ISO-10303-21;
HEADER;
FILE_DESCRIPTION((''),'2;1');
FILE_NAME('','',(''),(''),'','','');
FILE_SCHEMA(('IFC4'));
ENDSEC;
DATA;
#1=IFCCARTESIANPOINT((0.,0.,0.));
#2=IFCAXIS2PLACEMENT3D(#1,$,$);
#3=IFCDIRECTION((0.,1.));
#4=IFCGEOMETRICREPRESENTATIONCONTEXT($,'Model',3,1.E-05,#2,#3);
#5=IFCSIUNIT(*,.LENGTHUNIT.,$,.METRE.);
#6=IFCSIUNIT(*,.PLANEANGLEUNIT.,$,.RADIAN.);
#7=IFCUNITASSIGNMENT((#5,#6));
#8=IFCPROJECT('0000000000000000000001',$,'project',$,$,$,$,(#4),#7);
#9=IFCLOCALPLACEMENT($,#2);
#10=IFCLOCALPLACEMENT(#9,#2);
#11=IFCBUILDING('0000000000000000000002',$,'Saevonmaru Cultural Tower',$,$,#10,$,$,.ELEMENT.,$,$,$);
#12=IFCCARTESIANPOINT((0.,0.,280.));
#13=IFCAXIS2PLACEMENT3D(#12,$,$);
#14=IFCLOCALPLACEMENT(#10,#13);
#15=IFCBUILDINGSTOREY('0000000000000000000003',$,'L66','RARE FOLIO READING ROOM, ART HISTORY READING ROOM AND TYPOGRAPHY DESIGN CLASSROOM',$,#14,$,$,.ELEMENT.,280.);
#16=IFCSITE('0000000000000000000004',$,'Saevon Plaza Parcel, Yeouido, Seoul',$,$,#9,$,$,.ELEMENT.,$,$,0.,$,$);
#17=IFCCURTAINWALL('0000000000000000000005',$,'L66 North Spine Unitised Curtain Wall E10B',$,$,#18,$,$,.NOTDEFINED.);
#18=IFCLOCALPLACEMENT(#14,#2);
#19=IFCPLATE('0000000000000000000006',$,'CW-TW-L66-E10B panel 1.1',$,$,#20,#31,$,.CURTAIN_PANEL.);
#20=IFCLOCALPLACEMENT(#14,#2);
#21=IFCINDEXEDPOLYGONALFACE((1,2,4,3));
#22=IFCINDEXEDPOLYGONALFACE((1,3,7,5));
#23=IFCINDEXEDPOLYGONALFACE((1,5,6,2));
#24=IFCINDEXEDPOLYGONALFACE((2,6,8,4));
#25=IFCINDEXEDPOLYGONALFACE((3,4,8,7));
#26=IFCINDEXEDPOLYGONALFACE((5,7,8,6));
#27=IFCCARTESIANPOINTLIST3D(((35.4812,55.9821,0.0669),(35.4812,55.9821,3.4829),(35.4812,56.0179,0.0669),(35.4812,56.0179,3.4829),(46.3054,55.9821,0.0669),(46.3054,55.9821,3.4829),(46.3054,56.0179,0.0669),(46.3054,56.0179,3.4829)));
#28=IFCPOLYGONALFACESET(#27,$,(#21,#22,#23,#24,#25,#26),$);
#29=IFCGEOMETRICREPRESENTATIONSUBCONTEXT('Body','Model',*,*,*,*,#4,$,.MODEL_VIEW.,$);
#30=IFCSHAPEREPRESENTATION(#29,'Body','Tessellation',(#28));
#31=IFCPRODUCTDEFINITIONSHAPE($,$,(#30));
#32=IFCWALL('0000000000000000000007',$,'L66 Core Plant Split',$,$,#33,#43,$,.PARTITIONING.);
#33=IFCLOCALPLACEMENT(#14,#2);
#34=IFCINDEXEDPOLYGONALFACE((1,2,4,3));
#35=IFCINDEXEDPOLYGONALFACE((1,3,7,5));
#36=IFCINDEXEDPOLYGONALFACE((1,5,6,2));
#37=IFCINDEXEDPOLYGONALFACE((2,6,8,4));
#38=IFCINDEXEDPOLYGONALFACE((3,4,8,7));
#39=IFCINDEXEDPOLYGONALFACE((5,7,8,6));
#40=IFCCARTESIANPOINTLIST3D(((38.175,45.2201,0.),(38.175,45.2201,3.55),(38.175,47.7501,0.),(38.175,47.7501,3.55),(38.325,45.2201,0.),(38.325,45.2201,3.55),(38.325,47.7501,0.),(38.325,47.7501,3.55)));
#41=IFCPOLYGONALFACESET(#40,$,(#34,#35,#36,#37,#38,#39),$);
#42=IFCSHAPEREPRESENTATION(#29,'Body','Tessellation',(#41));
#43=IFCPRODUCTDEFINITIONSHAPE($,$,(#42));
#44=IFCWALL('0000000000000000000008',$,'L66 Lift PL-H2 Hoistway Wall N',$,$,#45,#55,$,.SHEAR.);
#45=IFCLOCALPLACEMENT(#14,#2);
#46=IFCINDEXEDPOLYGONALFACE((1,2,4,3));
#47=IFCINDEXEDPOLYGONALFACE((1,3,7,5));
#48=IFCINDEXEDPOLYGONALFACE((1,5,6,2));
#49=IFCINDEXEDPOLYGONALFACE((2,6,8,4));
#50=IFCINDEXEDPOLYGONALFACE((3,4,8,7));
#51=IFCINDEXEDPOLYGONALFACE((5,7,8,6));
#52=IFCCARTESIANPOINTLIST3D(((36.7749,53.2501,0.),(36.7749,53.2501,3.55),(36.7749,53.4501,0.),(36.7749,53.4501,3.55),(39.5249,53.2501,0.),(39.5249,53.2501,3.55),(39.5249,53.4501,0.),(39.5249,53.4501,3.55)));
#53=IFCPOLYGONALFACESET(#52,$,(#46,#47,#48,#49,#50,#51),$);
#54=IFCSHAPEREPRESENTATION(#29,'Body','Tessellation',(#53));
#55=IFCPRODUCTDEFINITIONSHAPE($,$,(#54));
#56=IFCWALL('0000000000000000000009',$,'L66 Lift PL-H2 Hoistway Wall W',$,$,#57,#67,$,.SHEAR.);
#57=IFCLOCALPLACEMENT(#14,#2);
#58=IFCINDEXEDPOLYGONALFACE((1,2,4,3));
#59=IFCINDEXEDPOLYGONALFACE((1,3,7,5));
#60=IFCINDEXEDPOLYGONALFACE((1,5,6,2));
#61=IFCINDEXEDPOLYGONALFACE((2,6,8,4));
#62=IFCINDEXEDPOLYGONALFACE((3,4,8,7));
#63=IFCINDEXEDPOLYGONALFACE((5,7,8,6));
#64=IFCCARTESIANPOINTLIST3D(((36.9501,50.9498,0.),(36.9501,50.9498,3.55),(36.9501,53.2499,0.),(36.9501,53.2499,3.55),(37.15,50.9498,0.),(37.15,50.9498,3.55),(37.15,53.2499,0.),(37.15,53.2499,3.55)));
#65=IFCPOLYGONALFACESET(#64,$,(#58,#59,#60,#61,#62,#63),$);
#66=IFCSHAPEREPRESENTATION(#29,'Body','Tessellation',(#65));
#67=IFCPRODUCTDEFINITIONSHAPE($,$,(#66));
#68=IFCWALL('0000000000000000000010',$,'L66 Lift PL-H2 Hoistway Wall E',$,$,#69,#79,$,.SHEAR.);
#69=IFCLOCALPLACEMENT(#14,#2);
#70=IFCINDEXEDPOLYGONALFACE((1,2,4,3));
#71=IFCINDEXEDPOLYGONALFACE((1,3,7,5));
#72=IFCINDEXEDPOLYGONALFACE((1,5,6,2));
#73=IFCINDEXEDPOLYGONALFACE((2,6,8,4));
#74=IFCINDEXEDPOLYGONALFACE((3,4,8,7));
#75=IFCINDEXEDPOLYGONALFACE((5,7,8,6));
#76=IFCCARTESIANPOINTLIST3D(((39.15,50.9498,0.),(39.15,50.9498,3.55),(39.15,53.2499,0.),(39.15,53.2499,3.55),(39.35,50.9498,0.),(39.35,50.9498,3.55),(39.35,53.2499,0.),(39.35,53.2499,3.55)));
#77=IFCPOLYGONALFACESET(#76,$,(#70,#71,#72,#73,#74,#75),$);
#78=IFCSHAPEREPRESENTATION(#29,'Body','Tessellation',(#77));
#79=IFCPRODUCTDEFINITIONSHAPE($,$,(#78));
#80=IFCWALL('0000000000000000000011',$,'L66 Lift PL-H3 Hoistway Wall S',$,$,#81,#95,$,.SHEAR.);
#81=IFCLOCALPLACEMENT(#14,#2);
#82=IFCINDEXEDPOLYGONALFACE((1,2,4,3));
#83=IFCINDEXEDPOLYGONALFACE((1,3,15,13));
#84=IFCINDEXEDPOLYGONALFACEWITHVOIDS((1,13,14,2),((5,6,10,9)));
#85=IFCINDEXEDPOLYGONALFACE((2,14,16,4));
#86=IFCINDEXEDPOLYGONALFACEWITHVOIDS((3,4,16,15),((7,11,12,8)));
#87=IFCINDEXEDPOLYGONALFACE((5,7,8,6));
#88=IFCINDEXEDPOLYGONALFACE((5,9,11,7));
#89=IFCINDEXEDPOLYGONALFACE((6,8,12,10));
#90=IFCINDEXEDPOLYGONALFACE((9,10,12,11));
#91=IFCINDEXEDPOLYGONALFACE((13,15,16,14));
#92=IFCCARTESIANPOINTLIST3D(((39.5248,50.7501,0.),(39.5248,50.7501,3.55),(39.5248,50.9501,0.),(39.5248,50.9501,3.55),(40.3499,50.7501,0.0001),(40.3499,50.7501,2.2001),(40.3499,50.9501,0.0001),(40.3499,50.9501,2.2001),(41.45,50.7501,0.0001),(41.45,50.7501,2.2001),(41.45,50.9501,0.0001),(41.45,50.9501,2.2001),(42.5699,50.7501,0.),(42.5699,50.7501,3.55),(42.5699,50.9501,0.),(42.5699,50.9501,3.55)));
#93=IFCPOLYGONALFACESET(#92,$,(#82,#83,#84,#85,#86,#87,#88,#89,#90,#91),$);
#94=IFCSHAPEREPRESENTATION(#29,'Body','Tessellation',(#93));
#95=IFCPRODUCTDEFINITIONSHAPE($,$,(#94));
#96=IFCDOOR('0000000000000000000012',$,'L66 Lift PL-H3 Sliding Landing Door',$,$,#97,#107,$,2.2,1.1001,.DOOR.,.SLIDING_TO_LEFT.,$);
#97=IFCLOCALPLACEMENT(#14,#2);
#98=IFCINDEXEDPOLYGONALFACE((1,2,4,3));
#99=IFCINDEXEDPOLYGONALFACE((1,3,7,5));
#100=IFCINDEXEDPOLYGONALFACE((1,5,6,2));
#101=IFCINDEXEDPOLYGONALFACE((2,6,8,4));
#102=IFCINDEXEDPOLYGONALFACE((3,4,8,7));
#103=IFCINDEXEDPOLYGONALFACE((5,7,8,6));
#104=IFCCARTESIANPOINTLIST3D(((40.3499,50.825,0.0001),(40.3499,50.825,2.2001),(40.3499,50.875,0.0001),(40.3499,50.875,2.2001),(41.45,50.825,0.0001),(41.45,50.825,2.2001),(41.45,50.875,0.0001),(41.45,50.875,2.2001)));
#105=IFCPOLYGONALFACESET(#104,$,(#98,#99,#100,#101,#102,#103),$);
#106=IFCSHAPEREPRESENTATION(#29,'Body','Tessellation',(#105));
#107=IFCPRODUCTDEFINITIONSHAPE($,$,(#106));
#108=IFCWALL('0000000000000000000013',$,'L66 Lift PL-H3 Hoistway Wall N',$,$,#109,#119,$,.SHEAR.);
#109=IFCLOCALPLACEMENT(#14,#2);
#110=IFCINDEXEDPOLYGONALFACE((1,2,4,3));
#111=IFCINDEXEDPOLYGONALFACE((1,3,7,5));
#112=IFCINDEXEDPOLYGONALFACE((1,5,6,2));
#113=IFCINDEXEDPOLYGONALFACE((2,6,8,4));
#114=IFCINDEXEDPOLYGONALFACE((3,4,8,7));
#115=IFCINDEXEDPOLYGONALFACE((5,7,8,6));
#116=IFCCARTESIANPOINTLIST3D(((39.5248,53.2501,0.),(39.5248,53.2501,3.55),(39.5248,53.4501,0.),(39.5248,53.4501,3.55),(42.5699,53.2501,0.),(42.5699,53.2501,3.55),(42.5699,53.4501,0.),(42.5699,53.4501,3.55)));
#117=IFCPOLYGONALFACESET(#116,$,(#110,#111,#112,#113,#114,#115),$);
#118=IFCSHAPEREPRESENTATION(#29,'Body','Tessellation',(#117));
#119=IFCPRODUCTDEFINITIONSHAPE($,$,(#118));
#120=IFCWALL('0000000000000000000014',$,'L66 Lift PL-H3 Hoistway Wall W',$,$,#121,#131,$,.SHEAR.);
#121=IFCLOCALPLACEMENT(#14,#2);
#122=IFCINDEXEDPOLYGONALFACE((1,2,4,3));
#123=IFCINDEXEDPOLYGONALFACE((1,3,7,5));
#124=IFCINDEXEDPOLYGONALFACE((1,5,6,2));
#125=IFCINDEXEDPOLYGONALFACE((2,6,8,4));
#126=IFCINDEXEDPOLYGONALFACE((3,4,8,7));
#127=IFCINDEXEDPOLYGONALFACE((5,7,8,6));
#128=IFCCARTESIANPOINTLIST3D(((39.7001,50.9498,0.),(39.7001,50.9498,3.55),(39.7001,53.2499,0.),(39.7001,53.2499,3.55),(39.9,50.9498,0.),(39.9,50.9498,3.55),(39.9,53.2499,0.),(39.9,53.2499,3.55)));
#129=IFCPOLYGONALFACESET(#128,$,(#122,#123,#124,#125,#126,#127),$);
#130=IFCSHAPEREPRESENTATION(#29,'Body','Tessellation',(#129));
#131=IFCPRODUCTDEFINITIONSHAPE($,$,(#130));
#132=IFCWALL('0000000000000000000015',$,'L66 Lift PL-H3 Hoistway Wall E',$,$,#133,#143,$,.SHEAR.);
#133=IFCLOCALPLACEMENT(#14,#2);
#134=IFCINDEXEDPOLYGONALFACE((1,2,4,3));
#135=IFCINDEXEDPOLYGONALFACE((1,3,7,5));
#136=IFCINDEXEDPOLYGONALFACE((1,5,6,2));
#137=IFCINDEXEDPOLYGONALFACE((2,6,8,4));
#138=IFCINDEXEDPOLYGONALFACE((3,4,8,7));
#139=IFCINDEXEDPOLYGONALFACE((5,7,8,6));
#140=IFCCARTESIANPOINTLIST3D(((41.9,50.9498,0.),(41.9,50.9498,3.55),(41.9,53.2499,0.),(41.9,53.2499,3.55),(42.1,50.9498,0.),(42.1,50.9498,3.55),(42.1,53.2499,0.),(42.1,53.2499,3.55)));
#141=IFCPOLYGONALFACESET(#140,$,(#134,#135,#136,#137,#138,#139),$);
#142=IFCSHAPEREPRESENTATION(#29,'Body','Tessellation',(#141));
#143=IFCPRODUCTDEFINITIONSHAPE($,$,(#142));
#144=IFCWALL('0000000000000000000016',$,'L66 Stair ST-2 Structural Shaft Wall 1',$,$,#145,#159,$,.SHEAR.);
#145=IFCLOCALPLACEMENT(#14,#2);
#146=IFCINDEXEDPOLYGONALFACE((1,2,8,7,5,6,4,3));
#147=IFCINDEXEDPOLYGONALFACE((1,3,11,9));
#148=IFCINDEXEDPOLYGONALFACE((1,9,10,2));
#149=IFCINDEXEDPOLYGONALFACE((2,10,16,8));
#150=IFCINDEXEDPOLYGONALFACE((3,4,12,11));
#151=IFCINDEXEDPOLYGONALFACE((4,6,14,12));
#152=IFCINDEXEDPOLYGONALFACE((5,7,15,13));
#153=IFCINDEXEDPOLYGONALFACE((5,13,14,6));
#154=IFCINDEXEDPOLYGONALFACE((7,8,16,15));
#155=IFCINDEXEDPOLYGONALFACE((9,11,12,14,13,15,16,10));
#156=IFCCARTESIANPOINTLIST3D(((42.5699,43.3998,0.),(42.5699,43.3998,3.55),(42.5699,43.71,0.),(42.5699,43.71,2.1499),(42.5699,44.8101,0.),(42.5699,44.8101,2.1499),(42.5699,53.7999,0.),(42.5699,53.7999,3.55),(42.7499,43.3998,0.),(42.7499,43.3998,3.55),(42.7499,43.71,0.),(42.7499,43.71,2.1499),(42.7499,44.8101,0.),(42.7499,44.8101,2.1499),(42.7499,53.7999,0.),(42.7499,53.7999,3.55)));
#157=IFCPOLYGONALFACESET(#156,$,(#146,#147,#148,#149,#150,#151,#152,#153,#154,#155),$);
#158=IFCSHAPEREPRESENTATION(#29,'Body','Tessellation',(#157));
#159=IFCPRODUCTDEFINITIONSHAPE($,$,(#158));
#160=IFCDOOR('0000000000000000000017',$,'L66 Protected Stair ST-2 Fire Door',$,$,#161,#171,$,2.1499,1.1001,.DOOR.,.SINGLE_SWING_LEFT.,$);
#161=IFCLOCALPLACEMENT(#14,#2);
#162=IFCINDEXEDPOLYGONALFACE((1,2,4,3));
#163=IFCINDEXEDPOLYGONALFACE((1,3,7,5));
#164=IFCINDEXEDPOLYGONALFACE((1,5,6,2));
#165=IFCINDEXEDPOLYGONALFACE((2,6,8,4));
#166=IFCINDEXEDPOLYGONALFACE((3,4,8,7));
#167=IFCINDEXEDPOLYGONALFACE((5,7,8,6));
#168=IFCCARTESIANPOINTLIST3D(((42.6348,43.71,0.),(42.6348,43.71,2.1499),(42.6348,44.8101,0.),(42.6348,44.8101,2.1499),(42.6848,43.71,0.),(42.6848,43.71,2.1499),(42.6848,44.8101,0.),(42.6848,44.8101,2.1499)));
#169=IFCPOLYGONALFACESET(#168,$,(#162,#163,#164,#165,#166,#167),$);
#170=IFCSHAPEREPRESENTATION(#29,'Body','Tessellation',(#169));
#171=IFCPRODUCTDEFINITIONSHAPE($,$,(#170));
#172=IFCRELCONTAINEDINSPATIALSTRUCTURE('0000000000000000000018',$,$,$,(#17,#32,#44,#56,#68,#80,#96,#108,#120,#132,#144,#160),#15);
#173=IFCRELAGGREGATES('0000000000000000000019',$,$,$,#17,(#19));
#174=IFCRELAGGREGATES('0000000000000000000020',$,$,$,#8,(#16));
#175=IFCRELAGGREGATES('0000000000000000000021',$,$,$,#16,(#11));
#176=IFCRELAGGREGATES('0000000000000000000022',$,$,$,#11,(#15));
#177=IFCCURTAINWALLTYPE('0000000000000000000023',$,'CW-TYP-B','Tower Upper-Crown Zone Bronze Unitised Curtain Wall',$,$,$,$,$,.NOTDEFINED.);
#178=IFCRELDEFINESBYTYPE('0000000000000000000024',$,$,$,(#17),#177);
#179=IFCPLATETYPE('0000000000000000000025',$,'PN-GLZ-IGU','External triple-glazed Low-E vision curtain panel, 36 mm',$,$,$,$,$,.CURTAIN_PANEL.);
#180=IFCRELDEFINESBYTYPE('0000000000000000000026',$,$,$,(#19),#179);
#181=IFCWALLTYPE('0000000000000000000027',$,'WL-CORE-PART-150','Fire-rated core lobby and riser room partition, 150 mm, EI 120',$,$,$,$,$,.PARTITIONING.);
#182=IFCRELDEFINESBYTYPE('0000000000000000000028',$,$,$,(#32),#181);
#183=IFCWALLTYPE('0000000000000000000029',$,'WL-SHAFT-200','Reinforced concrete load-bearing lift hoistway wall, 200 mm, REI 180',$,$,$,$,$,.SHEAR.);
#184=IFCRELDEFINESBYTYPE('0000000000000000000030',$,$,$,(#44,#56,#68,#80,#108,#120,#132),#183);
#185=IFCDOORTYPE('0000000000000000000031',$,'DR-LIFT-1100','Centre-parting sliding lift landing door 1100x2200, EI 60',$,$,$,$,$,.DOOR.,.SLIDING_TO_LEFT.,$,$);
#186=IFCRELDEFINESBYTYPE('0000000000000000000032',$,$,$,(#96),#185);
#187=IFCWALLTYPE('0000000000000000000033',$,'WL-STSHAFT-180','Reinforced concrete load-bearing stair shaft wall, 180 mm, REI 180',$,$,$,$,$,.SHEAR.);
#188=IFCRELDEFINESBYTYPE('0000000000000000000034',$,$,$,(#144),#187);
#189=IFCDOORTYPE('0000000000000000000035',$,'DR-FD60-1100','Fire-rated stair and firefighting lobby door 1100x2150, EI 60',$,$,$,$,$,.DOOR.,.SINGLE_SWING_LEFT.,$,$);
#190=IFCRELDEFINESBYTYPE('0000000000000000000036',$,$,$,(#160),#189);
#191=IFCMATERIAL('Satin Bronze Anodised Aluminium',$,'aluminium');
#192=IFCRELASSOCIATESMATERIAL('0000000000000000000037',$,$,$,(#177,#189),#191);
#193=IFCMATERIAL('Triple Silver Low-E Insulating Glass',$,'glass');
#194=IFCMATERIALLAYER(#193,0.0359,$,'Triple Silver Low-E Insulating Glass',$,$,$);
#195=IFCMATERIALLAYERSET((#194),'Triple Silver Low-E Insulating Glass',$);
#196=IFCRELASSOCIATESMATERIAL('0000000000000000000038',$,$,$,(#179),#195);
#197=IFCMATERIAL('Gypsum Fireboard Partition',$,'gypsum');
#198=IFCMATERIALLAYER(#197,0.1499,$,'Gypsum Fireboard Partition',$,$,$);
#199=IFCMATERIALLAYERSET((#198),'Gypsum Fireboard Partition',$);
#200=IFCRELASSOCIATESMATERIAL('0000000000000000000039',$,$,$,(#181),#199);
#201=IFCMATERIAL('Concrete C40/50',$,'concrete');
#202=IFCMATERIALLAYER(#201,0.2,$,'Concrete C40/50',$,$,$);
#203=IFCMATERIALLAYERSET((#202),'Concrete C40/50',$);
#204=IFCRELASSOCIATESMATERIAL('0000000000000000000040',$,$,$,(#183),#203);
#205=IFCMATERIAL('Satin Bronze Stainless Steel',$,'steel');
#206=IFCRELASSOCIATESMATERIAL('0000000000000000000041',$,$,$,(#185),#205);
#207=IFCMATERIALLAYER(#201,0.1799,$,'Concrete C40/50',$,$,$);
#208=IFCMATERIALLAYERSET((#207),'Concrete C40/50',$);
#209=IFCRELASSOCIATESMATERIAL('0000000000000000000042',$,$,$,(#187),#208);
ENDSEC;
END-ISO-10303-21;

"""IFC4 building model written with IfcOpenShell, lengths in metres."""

from ifc_helpers import new_model, si_unit, direction, frame, frame_2d, origin, origin_2d, place, context, subcontext, project, spatial, rectangle, extrude, material, layer, layer_set, type_object, element, fill, aggregate, save


model = new_model("IFC4")

# Units and contexts
model_context = context("Model", 3, precision=1e-05, world=origin(), true_north=direction((0.0, 1.0)))
body_context = subcontext(model_context, "Body", "Model", "MODEL_VIEW")
ifc_project = project(units=[si_unit("LENGTHUNIT", "METRE"), si_unit("PLANEANGLEUNIT", "RADIAN")], contexts=[model_context])

# Site, building, storey
site_placement = place(None, origin())
site = spatial("IfcSite", under=ifc_project, at=site_placement, Name="Saevon Plaza Parcel, Yeouido, Seoul", CompositionType="ELEMENT", RefElevation=0.0)
building_placement = place(site_placement, origin())
building = spatial("IfcBuilding", under=site, at=building_placement, Name="Saevonmaru Cultural Tower", CompositionType="ELEMENT")
storey_placement = place(building_placement, frame((0.0, 0.0, 280.0)))
storey = spatial("IfcBuildingStorey", under=building, at=storey_placement, Name="L66", Description="RARE FOLIO READING ROOM, ART HISTORY READING ROOM AND TYPOGRAPHY DESIGN CLASSROOM", CompositionType="ELEMENT", Elevation=280.0)

# Curtain wall, plate
ifc_material_1 = material(Name="Satin Bronze Anodised Aluminium", Category="aluminium")
curtain_wall_type = type_object("IfcCurtainWallType", Name="CW-TYP-B", Description="Tower Upper-Crown Zone Bronze Unitised Curtain Wall", PredefinedType="NOTDEFINED", material=ifc_material_1)
curtain_wall_placement = place(storey_placement, origin())
curtain_wall = element("IfcCurtainWall", 1, at=curtain_wall_placement, inside=storey, type_object=curtain_wall_type, Name="L66 North Spine Unitised Curtain Wall E10B", PredefinedType="NOTDEFINED")
ifc_material_2 = material(Name="Triple Silver Low-E Insulating Glass", Category="glass")
ifc_layer_1 = layer(ifc_material_2, 0.0359, Name="Triple Silver Low-E Insulating Glass")
ifc_layer_set_1 = layer_set([ifc_layer_1], Name="Triple Silver Low-E Insulating Glass")
plate_type = type_object("IfcPlateType", Name="PN-GLZ-IGU", Description="External triple-glazed Low-E vision curtain panel, 36 mm", PredefinedType="CURTAIN_PANEL", material=ifc_layer_set_1)
plate_placement = place(storey_placement, frame((40.8933, 56.0, 0.0669), z_axis=(0.0, 0.0, 1.0), x_axis=(-1.0, 0.0, 0.0)))
plate = element("IfcPlate", 2, at=plate_placement, type_object=plate_type, Name="CW-TW-L66-E10B panel 1.1", PredefinedType="CURTAIN_PANEL", context=body_context, shape_type="SweptSolid", body=[
    extrude(rectangle(XDim=10.8242, YDim=0.0359, at=origin_2d()), origin(), (0.0, 0.0, 1.0), 3.416),
])
aggregate(curtain_wall, [plate])

# Walls
ifc_material_3 = material(Name="Gypsum Fireboard Partition", Category="gypsum")
ifc_layer_2 = layer(ifc_material_3, 0.1499, Name="Gypsum Fireboard Partition")
ifc_layer_set_2 = layer_set([ifc_layer_2], Name="Gypsum Fireboard Partition")
wall_type_1 = type_object("IfcWallType", Name="WL-CORE-PART-150", Description="Fire-rated core lobby and riser room partition, 150 mm, EI 120", PredefinedType="PARTITIONING", material=ifc_layer_set_2)
wall_1_placement = place(storey_placement, frame((38.25, 45.22, 0.0), z_axis=(0.0, 0.0, 1.0), x_axis=(0.0, 1.0, 0.0)))
element("IfcWall", 3, at=wall_1_placement, inside=storey, type_object=wall_type_1, Name="L66 Core Plant Split", PredefinedType="PARTITIONING", context=body_context, shape_type="SweptSolid", body=[
    extrude(rectangle(XDim=2.53, YDim=0.1499, at=frame_2d((1.2651, 0.0))), origin(), (0.0, 0.0, 1.0), 3.55),
])
ifc_material_4 = material(Name="Concrete C40/50", Category="concrete")
ifc_layer_3 = layer(ifc_material_4, 0.2, Name="Concrete C40/50")
ifc_layer_set_3 = layer_set([ifc_layer_3], Name="Concrete C40/50")
wall_type_2 = type_object("IfcWallType", Name="WL-SHAFT-200", Description="Reinforced concrete load-bearing lift hoistway wall, 200 mm, REI 180", PredefinedType="SHEAR", material=ifc_layer_set_3)
wall_2_placement = place(storey_placement, frame((36.7749, 53.3501, 0.0), z_axis=(0.0, 0.0, 1.0), x_axis=(1.0, 0.0, 0.0)))
element("IfcWall", 4, at=wall_2_placement, inside=storey, type_object=wall_type_2, Name="L66 Lift PL-H2 Hoistway Wall N", PredefinedType="SHEAR", context=body_context, shape_type="SweptSolid", body=[
    extrude(rectangle(XDim=2.75, YDim=0.2, at=frame_2d((1.375, 0.0))), origin(), (0.0, 0.0, 1.0), 3.55),
])
for number, where, z_axis, x_axis, name in (
    (5, (37.05, 50.95, 0.0), (0.0, 0.0, 1.0), (0.0, 1.0, 0.0), "L66 Lift PL-H2 Hoistway Wall W"),
    (6, (39.25, 50.95, 0.0), (0.0, 0.0, 1.0), (0.0, 1.0, 0.0), "L66 Lift PL-H2 Hoistway Wall E"),
):
    element("IfcWall", number, at=place(storey_placement, frame(where, z_axis=z_axis, x_axis=x_axis)), inside=storey, type_object=wall_type_2, Name=name, PredefinedType="SHEAR", context=body_context, shape_type="SweptSolid", body=[
        extrude(rectangle(XDim=2.3, YDim=0.2, at=frame_2d((1.1499, 0.0))), origin(), (0.0, 0.0, 1.0), 3.55),
    ])

# Wall, opening, door
wall_3_placement = place(storey_placement, frame((39.5249, 50.8501, 0.0), z_axis=(0.0, 0.0, 1.0), x_axis=(1.0, 0.0, 0.0)))
wall_3 = element("IfcWall", 7, at=wall_3_placement, inside=storey, type_object=wall_type_2, Name="L66 Lift PL-H3 Hoistway Wall S", PredefinedType="SHEAR", context=body_context, shape_type="SweptSolid", body=[
    extrude(rectangle(XDim=3.0452, YDim=0.2, at=frame_2d((1.5225, 0.0))), origin(), (0.0, 0.0, 1.0), 3.55),
])
opening_1_placement = place(wall_3_placement, frame((0.825, 0.0, 0.0)))
opening_1 = element("IfcOpeningElement", 8, at=opening_1_placement, cuts=wall_3, PredefinedType="OPENING", context=body_context, shape_type="SweptSolid", body=[
    extrude(rectangle(XDim=1.1001, YDim=2.2, at=frame_2d((0.55, 1.1001))), frame((0.0, 0.1099, 0.0), z_axis=(0.0, -1.0, 0.0), x_axis=(1.0, 0.0, 0.0)), (0.0, 0.0, 1.0), 0.22),
])
ifc_material_5 = material(Name="Satin Bronze Stainless Steel", Category="steel")
door_type_1 = type_object("IfcDoorType", Name="DR-LIFT-1100", Description="Centre-parting sliding lift landing door 1100x2200, EI 60", OperationType="SLIDING_TO_LEFT", PredefinedType="DOOR", material=ifc_material_5)
door_1_placement = place(opening_1_placement, origin())
door_1 = element("IfcDoor", 9, at=door_1_placement, inside=storey, type_object=door_type_1, Name="L66 Lift PL-H3 Sliding Landing Door", OperationType="SLIDING_TO_LEFT", OverallHeight=2.2, OverallWidth=1.1001, PredefinedType="DOOR", context=body_context, shape_type="SweptSolid", body=[
    extrude(rectangle(XDim=1.1001, YDim=2.2, at=frame_2d((0.55, 1.1001))), frame((0.0, 0.0249, 0.0), z_axis=(0.0, -1.0, 0.0), x_axis=(1.0, 0.0, 0.0)), (0.0, 0.0, 1.0), 0.05),
])
fill(opening_1, door_1)

# Walls
wall_4_placement = place(storey_placement, frame((39.5249, 53.3501, 0.0), z_axis=(0.0, 0.0, 1.0), x_axis=(1.0, 0.0, 0.0)))
element("IfcWall", 10, at=wall_4_placement, inside=storey, type_object=wall_type_2, Name="L66 Lift PL-H3 Hoistway Wall N", PredefinedType="SHEAR", context=body_context, shape_type="SweptSolid", body=[
    extrude(rectangle(XDim=3.0452, YDim=0.2, at=frame_2d((1.5225, 0.0))), origin(), (0.0, 0.0, 1.0), 3.55),
])
for number, where, z_axis, x_axis, name in (
    (11, (39.8, 50.95, 0.0), (0.0, 0.0, 1.0), (0.0, 1.0, 0.0), "L66 Lift PL-H3 Hoistway Wall W"),
    (12, (42.0, 50.95, 0.0), (0.0, 0.0, 1.0), (0.0, 1.0, 0.0), "L66 Lift PL-H3 Hoistway Wall E"),
):
    element("IfcWall", number, at=place(storey_placement, frame(where, z_axis=z_axis, x_axis=x_axis)), inside=storey, type_object=wall_type_2, Name=name, PredefinedType="SHEAR", context=body_context, shape_type="SweptSolid", body=[
        extrude(rectangle(XDim=2.3, YDim=0.2, at=frame_2d((1.1499, 0.0))), origin(), (0.0, 0.0, 1.0), 3.55),
    ])

# Wall, opening, door
ifc_layer_4 = layer(ifc_material_4, 0.1799, Name="Concrete C40/50")
ifc_layer_set_4 = layer_set([ifc_layer_4], Name="Concrete C40/50")
wall_type_3 = type_object("IfcWallType", Name="WL-STSHAFT-180", Description="Reinforced concrete load-bearing stair shaft wall, 180 mm, REI 180", PredefinedType="SHEAR", material=ifc_layer_set_4)
wall_5_placement = place(storey_placement, frame((42.6599, 53.8, 0.0), z_axis=(0.0, 0.0, 1.0), x_axis=(0.0, -1.0, 0.0)))
wall_5 = element("IfcWall", 13, at=wall_5_placement, inside=storey, type_object=wall_type_3, Name="L66 Stair ST-2 Structural Shaft Wall 1", PredefinedType="SHEAR", context=body_context, shape_type="SweptSolid", body=[
    extrude(rectangle(XDim=10.4001, YDim=0.1799, at=frame_2d((5.2002, 0.0))), origin(), (0.0, 0.0, 1.0), 3.55),
])
opening_2_placement = place(wall_5_placement, frame((8.99, 0.0, 0.0)))
opening_2 = element("IfcOpeningElement", 14, at=opening_2_placement, cuts=wall_5, PredefinedType="OPENING", context=body_context, shape_type="SweptSolid", body=[
    extrude(rectangle(XDim=1.1001, YDim=2.1499, at=frame_2d((0.55, 1.075))), frame((0.0, 0.1001, 0.0), z_axis=(0.0, -1.0, 0.0), x_axis=(1.0, 0.0, 0.0)), (0.0, 0.0, 1.0), 0.2),
])
door_type_2 = type_object("IfcDoorType", Name="DR-FD60-1100", Description="Fire-rated stair and firefighting lobby door 1100x2150, EI 60", OperationType="SINGLE_SWING_LEFT", PredefinedType="DOOR", material=ifc_material_1)
door_2_placement = place(opening_2_placement, origin())
door_2 = element("IfcDoor", 15, at=door_2_placement, inside=storey, type_object=door_type_2, Name="L66 Protected Stair ST-2 Fire Door", OperationType="SINGLE_SWING_LEFT", OverallHeight=2.1499, OverallWidth=1.1001, PredefinedType="DOOR", context=body_context, shape_type="SweptSolid", body=[
    extrude(rectangle(XDim=1.1001, YDim=2.1499, at=frame_2d((0.55, 1.075))), frame((0.0, 0.0249, 0.0), z_axis=(0.0, -1.0, 0.0), x_axis=(1.0, 0.0, 0.0)), (0.0, 0.0, 1.0), 0.05),
])
fill(opening_2, door_2)

save(model, "model.ifc")
